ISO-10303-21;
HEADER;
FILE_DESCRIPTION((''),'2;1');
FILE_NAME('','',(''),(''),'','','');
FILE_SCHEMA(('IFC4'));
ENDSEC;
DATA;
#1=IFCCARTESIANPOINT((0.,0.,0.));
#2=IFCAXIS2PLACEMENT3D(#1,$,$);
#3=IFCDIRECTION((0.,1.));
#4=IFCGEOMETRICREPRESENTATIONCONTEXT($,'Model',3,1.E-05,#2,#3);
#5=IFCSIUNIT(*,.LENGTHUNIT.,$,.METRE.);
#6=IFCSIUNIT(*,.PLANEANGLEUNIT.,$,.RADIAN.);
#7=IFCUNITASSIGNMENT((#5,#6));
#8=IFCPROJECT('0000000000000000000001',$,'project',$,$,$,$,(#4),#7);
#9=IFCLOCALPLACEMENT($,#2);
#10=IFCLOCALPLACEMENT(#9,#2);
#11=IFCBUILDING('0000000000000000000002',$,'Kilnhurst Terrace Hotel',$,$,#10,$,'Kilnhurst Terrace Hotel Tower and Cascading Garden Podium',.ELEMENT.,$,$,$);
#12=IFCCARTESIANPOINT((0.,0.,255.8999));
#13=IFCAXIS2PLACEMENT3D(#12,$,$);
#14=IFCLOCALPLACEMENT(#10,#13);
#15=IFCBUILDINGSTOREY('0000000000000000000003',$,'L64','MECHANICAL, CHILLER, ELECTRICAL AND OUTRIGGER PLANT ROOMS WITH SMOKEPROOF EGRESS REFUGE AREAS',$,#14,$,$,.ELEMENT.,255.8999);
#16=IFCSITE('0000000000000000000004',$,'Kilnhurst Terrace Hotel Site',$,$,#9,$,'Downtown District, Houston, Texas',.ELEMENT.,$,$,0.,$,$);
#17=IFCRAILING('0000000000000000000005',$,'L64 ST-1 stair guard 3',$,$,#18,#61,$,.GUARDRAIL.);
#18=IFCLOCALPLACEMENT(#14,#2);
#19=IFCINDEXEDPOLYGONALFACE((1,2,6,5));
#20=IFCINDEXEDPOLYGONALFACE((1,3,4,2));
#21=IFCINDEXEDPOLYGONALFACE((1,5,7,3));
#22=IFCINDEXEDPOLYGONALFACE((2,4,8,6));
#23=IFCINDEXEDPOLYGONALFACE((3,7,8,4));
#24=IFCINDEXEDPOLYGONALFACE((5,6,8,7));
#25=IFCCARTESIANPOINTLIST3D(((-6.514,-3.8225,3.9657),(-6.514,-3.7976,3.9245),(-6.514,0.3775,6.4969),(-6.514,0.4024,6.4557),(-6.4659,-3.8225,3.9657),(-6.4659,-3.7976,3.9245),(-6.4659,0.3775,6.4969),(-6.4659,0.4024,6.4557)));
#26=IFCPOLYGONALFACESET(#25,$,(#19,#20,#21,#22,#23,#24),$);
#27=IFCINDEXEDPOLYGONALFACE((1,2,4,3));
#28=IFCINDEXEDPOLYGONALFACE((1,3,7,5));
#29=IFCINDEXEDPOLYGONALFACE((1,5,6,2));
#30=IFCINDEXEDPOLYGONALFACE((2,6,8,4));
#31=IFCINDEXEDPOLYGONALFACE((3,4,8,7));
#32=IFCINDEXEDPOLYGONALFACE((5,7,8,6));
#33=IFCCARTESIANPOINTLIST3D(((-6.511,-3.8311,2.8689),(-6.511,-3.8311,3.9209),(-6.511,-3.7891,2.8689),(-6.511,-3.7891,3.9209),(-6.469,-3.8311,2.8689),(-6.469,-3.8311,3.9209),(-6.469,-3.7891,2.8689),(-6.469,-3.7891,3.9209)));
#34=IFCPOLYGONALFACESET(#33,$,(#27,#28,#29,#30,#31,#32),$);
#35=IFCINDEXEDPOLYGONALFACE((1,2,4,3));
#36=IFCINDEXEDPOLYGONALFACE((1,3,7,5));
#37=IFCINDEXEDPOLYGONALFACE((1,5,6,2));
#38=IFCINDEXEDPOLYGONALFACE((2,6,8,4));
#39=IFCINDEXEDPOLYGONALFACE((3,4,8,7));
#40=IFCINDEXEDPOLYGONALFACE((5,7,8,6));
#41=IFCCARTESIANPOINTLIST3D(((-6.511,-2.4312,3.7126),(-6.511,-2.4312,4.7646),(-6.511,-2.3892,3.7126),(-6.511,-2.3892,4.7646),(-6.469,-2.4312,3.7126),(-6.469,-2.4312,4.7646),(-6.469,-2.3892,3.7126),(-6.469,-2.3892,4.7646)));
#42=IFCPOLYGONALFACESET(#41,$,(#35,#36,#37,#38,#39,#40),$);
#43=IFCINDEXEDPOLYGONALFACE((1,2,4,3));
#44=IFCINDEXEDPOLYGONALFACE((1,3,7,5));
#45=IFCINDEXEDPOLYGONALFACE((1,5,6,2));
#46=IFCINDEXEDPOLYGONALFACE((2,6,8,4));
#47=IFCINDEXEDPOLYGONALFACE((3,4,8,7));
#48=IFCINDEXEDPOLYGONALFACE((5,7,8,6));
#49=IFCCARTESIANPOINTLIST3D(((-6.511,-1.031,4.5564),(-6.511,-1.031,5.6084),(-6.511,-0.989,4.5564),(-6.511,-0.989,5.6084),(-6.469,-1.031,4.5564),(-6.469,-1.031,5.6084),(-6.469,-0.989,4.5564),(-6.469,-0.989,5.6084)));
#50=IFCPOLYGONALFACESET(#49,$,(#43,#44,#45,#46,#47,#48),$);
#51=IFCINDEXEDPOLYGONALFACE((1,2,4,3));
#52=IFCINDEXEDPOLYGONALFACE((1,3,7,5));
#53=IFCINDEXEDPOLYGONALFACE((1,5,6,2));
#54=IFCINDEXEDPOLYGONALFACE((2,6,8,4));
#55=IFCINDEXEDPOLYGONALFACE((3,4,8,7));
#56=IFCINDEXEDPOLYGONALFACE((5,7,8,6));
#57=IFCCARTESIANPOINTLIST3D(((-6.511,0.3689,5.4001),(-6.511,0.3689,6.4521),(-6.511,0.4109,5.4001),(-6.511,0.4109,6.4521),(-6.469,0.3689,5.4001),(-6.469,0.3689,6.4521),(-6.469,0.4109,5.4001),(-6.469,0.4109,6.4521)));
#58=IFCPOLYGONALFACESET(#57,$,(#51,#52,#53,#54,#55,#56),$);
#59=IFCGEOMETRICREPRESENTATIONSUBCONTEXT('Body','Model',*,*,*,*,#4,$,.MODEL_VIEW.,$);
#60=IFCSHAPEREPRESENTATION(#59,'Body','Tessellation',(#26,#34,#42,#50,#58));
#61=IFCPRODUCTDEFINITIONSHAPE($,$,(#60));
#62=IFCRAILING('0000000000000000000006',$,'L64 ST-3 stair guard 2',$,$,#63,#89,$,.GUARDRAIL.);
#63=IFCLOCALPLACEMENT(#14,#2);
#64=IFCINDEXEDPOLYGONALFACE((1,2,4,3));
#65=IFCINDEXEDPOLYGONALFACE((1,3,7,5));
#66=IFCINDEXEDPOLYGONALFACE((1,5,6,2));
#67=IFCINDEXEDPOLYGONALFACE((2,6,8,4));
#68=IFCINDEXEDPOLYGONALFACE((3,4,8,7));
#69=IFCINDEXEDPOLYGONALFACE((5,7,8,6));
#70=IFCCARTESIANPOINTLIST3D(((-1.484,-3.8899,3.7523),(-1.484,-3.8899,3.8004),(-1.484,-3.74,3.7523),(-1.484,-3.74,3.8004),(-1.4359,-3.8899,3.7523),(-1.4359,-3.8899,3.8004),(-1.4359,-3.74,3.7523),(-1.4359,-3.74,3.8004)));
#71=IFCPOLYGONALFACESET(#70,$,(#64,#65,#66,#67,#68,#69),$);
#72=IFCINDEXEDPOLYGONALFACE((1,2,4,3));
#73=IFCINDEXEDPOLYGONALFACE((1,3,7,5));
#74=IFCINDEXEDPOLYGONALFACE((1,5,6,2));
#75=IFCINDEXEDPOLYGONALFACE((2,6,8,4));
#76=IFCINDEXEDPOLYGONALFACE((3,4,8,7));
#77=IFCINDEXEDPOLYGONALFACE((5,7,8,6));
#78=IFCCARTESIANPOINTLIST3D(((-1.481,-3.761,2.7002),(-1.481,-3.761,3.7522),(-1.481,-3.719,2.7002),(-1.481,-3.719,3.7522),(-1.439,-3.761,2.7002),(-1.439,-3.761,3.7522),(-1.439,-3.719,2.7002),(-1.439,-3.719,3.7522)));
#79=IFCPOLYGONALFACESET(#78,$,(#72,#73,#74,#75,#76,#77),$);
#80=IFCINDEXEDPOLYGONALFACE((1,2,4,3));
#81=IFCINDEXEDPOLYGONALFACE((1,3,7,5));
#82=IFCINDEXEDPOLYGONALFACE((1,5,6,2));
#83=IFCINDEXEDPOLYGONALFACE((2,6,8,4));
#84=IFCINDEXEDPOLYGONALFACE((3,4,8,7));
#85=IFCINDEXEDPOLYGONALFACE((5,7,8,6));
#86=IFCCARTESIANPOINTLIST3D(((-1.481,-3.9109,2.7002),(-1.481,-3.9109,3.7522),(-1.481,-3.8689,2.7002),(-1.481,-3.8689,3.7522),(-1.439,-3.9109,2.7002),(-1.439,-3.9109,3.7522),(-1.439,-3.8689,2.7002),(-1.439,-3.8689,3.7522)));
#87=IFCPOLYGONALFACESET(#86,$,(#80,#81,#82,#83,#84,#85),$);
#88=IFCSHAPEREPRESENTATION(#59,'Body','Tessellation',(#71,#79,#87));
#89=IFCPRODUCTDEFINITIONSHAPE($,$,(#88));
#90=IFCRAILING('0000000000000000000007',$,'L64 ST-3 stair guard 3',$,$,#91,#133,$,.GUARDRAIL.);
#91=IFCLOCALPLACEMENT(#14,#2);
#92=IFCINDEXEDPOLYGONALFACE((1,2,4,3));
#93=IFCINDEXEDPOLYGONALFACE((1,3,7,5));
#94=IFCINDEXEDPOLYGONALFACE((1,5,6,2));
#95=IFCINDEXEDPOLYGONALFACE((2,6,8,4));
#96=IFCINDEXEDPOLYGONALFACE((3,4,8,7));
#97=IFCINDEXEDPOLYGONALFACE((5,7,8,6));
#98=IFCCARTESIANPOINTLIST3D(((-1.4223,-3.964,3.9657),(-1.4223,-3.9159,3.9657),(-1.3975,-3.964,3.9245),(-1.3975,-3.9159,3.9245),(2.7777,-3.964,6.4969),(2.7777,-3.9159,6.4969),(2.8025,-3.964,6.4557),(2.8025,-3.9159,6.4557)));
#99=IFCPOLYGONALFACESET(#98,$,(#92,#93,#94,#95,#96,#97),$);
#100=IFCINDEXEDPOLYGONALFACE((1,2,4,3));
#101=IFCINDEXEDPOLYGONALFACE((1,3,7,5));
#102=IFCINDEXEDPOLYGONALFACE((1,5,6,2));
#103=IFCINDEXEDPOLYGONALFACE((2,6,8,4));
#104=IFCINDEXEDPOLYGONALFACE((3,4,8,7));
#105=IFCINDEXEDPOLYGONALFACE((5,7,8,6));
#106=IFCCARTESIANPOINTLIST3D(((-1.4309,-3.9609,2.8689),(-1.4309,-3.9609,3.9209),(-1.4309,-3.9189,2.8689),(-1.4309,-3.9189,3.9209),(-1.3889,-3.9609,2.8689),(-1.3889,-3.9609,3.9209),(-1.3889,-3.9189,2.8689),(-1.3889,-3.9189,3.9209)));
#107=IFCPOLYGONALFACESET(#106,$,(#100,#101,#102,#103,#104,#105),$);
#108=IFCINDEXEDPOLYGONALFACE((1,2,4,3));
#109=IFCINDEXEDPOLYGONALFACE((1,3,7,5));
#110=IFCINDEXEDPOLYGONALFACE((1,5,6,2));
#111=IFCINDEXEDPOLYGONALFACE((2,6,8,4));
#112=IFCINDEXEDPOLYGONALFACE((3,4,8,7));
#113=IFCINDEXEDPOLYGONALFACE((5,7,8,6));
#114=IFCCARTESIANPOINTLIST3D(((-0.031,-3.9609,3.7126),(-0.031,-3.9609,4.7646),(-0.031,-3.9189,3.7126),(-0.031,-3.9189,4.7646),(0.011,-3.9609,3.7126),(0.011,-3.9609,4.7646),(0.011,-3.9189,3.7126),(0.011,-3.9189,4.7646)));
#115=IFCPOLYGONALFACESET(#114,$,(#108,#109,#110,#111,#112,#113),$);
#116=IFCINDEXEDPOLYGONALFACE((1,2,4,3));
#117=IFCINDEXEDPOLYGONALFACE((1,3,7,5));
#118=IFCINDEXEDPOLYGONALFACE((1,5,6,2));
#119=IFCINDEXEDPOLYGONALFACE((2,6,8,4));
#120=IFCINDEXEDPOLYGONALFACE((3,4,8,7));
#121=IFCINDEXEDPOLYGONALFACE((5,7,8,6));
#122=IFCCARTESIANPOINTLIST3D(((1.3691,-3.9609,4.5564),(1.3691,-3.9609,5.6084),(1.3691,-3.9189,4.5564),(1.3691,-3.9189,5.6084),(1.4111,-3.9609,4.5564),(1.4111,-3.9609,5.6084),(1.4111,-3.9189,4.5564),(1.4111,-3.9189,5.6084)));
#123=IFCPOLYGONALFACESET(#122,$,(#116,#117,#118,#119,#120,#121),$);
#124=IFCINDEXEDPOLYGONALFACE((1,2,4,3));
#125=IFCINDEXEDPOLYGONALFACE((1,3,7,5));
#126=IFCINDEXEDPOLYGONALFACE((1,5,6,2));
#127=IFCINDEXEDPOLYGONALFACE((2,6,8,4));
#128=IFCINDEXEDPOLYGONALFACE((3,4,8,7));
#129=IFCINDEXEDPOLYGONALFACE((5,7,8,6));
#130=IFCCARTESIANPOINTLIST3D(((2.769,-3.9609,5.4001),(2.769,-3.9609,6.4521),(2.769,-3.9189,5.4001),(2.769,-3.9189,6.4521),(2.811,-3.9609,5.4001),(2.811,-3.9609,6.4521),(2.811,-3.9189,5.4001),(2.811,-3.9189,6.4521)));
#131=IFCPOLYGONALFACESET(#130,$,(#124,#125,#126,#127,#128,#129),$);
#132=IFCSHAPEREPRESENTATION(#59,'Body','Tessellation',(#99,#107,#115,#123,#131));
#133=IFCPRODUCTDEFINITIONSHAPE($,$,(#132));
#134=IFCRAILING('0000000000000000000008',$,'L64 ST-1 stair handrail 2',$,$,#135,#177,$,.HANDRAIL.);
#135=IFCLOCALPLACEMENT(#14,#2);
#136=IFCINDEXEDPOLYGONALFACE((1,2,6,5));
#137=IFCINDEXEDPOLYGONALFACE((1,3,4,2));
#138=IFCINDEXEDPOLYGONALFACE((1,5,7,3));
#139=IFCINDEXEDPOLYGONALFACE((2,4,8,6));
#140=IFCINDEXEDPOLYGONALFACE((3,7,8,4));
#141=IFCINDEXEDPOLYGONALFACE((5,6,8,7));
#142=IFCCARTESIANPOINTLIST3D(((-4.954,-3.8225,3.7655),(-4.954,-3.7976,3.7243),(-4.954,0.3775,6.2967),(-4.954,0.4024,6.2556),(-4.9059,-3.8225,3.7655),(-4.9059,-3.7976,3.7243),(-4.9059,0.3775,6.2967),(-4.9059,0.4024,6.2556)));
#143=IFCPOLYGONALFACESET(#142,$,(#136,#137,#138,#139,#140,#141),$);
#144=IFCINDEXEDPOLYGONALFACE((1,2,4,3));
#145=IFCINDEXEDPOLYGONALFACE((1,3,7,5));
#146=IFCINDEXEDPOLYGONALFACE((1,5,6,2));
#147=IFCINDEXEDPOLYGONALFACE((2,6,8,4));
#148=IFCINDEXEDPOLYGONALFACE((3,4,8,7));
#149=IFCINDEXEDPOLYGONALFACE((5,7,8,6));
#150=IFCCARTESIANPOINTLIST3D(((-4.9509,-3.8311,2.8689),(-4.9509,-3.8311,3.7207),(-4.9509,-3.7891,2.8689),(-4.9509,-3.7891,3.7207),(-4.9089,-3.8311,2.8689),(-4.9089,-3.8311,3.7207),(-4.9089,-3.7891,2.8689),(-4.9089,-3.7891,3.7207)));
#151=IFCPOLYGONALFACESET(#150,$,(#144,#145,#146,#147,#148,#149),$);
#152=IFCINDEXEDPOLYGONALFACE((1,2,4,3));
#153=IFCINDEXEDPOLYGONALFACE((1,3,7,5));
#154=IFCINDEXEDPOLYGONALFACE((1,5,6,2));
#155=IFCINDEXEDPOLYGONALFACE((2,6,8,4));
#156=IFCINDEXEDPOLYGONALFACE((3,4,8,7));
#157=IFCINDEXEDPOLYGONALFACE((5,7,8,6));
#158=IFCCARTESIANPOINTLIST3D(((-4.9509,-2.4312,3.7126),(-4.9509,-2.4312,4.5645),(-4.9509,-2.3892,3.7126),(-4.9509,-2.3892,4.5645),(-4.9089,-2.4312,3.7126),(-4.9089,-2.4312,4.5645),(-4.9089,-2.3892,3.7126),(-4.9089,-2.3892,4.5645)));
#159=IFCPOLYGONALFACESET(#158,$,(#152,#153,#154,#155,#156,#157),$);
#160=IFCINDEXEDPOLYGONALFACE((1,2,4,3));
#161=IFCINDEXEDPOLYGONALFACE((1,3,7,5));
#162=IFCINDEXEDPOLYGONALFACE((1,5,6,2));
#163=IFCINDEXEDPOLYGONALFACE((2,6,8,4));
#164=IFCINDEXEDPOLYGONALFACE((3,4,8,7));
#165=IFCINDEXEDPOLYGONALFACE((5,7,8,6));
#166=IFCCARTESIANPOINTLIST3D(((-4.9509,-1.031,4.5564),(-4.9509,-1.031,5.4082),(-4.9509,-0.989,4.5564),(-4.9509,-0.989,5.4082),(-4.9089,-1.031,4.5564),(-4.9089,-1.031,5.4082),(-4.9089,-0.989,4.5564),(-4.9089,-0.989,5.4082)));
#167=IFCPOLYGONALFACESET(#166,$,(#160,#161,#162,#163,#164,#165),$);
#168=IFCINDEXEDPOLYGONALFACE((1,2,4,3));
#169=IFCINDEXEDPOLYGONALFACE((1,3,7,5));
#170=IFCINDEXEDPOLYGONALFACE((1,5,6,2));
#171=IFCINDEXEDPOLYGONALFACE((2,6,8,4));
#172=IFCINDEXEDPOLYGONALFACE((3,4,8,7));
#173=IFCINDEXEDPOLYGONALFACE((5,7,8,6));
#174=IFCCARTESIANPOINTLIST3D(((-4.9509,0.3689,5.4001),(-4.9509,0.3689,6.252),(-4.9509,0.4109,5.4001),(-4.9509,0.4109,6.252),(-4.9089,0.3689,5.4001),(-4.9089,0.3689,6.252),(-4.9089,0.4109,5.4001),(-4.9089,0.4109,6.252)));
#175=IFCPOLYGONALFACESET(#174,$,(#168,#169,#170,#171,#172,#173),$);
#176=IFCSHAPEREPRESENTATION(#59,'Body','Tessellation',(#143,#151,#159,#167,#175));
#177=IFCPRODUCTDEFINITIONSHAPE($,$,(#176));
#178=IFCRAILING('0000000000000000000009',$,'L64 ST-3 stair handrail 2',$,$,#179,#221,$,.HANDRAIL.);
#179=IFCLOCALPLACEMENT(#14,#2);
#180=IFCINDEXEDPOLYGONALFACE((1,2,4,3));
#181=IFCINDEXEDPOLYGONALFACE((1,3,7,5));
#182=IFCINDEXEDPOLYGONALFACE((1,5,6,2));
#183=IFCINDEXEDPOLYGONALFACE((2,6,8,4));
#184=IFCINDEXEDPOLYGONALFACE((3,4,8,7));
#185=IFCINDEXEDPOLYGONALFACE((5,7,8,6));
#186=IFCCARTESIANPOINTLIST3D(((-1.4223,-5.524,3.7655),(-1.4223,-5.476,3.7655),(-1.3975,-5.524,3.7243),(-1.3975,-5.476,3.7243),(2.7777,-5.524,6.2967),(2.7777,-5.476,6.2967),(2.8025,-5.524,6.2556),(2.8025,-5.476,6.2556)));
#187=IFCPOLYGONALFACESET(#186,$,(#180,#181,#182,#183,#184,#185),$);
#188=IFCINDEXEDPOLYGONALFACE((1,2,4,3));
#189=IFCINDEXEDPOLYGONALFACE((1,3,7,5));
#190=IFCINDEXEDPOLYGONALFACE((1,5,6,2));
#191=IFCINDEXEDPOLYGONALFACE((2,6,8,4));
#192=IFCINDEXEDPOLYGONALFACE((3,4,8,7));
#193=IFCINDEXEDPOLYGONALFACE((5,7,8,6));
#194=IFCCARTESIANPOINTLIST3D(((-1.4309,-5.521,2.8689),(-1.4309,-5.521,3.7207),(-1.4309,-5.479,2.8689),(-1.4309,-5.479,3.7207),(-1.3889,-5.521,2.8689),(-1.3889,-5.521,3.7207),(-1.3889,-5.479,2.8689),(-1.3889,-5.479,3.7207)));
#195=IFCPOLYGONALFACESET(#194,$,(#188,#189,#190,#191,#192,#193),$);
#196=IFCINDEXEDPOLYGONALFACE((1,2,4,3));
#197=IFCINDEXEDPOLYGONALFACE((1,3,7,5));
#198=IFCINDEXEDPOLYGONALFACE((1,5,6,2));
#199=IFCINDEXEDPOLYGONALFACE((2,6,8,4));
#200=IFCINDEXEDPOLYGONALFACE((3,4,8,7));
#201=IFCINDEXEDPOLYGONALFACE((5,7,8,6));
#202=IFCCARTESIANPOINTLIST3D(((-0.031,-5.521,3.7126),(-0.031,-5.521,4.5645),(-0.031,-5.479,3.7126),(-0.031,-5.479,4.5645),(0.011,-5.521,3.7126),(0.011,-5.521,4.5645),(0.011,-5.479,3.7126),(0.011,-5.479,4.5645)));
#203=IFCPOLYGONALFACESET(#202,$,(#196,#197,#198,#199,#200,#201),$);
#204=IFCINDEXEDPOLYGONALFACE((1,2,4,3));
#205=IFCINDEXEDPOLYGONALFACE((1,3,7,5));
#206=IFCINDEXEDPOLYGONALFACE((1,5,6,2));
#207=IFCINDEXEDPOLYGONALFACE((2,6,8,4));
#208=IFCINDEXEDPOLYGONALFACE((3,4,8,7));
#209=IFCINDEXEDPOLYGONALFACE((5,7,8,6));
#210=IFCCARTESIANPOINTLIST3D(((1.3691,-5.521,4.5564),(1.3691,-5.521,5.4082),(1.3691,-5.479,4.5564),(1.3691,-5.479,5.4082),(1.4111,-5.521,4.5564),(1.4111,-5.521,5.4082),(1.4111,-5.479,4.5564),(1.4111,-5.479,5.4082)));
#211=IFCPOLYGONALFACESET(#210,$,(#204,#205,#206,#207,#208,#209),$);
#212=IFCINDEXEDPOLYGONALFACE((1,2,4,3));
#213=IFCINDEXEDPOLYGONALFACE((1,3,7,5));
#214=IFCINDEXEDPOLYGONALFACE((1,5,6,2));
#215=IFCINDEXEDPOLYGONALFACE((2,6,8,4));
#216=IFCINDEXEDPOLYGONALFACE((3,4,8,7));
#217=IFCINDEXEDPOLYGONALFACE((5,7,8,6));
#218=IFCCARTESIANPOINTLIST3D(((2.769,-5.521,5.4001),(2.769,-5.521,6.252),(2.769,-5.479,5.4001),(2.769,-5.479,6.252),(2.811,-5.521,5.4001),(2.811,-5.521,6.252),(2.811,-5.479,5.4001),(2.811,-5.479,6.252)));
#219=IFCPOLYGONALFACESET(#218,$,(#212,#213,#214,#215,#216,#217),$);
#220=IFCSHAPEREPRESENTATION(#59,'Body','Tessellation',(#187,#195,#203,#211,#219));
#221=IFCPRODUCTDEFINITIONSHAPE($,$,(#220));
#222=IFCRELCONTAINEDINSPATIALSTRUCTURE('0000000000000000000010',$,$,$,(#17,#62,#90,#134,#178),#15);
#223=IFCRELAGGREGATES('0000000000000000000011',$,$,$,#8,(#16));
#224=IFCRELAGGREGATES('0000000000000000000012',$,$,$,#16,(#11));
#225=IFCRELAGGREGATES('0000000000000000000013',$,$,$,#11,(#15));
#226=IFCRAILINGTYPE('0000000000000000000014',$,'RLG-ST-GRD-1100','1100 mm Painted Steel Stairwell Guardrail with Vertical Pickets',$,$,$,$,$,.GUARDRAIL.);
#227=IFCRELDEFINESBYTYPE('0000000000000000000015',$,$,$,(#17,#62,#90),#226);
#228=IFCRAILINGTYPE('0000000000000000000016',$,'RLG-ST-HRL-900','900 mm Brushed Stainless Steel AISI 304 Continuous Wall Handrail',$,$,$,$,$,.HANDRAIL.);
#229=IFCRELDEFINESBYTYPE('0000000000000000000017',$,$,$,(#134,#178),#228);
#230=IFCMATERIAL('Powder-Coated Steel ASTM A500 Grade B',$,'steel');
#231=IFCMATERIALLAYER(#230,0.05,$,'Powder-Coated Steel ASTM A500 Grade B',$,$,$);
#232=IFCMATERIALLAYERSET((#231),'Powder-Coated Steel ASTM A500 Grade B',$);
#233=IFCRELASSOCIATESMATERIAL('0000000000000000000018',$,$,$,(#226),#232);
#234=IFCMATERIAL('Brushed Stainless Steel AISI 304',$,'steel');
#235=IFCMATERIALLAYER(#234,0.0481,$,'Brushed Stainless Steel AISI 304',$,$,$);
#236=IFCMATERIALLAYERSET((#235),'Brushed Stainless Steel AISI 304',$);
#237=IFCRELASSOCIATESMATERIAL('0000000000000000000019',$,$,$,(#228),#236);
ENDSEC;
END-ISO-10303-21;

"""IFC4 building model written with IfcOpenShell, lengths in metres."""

from ifc_helpers import new_model, si_unit, direction, frame, origin, origin_2d, place, context, subcontext, project, spatial, rectangle, extrude, material, layer, layer_set, type_object, element, save


model = new_model("IFC4")

# Units and contexts
model_context = context("Model", 3, precision=1e-05, world=origin(), true_north=direction((0.0, 1.0)))
body_context = subcontext(model_context, "Body", "Model", "MODEL_VIEW")
ifc_project = project(units=[si_unit("LENGTHUNIT", "METRE"), si_unit("PLANEANGLEUNIT", "RADIAN")], contexts=[model_context])

# Site, building, storey
site_placement = place(None, origin())
site = spatial("IfcSite", under=ifc_project, at=site_placement, Name="Kilnhurst Terrace Hotel Site", LongName="Downtown District, Houston, Texas", CompositionType="ELEMENT", RefElevation=0.0)
building_placement = place(site_placement, origin())
building = spatial("IfcBuilding", under=site, at=building_placement, Name="Kilnhurst Terrace Hotel", LongName="Kilnhurst Terrace Hotel Tower and Cascading Garden Podium", CompositionType="ELEMENT")
storey_placement = place(building_placement, frame((0.0, 0.0, 255.8999)))
storey = spatial("IfcBuildingStorey", under=building, at=storey_placement, Name="L64", Description="MECHANICAL, CHILLER, ELECTRICAL AND OUTRIGGER PLANT ROOMS WITH SMOKEPROOF EGRESS REFUGE AREAS", CompositionType="ELEMENT", Elevation=255.8999)

# Railings
ifc_material_1 = material(Name="Powder-Coated Steel ASTM A500 Grade B", Category="steel")
ifc_layer_1 = layer(ifc_material_1, 0.05, Name="Powder-Coated Steel ASTM A500 Grade B")
ifc_layer_set_1 = layer_set([ifc_layer_1], Name="Powder-Coated Steel ASTM A500 Grade B")
railing_type_1 = type_object("IfcRailingType", Name="RLG-ST-GRD-1100", Description="1100 mm Painted Steel Stairwell Guardrail with Vertical Pickets", PredefinedType="GUARDRAIL", material=ifc_layer_set_1)
railing_1_placement = place(storey_placement, frame((-6.49, -3.8101, 2.8689)))
element("IfcRailing", 1, at=railing_1_placement, inside=storey, type_object=railing_type_1, Name="L64 ST-1 stair guard 3", PredefinedType="GUARDRAIL", context=body_context, shape_type="SweptSolid", body=[
    extrude(rectangle(XDim=0.0481, YDim=0.0481, at=origin_2d()), frame((0.0, 0.0, 1.0762), z_axis=(0.0, 0.856476, 0.516186), x_axis=(-1.0, 0.0, 0.0)), (0.0, 0.0, 1.0), 4.9038),
    extrude(rectangle(XDim=0.042, YDim=0.042, at=origin_2d()), origin(), (0.0, 0.0, 1.0), 1.052),
    extrude(rectangle(XDim=0.042, YDim=0.042, at=origin_2d()), frame((0.0, 1.3999, 0.8438)), (0.0, 0.0, 1.0), 1.052),
    extrude(rectangle(XDim=0.042, YDim=0.042, at=origin_2d()), frame((0.0, 2.8, 1.6875)), (0.0, 0.0, 1.0), 1.052),
    extrude(rectangle(XDim=0.042, YDim=0.042, at=origin_2d()), frame((0.0, 4.2, 2.5312)), (0.0, 0.0, 1.0), 1.052),
])
railing_2_placement = place(storey_placement, frame((-1.46, -3.74, 2.7002)))
element("IfcRailing", 2, at=railing_2_placement, inside=storey, type_object=railing_type_1, Name="L64 ST-3 stair guard 2", PredefinedType="GUARDRAIL", context=body_context, shape_type="SweptSolid", body=[
    extrude(rectangle(XDim=0.0481, YDim=0.0481, at=origin_2d()), frame((0.0, 0.0, 1.0762), z_axis=(0.0, -1.0, 0.0), x_axis=(1.0, 0.0, 0.0)), (0.0, 0.0, 1.0), 0.1499),
    extrude(rectangle(XDim=0.042, YDim=0.042, at=origin_2d()), origin(), (0.0, 0.0, 1.0), 1.052),
    extrude(rectangle(XDim=0.042, YDim=0.042, at=origin_2d()), frame((0.0, -0.1499, 0.0)), (0.0, 0.0, 1.0), 1.052),
])
railing_3_placement = place(storey_placement, frame((-1.4099, -3.9399, 2.8689)))
element("IfcRailing", 3, at=railing_3_placement, inside=storey, type_object=railing_type_1, Name="L64 ST-3 stair guard 3", PredefinedType="GUARDRAIL", context=body_context, shape_type="SweptSolid", body=[
    extrude(rectangle(XDim=0.0481, YDim=0.0481, at=origin_2d()), frame((0.0, 0.0, 1.0762), z_axis=(0.856476, 0.0, 0.516186), x_axis=(0.0, 1.0, 0.0)), (0.0, 0.0, 1.0), 4.9038),
    extrude(rectangle(XDim=0.042, YDim=0.042, at=origin_2d()), origin(), (0.0, 0.0, 1.0), 1.052),
    extrude(rectangle(XDim=0.042, YDim=0.042, at=origin_2d()), frame((1.3999, 0.0, 0.8438)), (0.0, 0.0, 1.0), 1.052),
    extrude(rectangle(XDim=0.042, YDim=0.042, at=origin_2d()), frame((2.8, 0.0, 1.6875)), (0.0, 0.0, 1.0), 1.052),
    extrude(rectangle(XDim=0.042, YDim=0.042, at=origin_2d()), frame((4.2, 0.0, 2.5312)), (0.0, 0.0, 1.0), 1.052),
])
ifc_material_2 = material(Name="Brushed Stainless Steel AISI 304", Category="steel")
ifc_layer_2 = layer(ifc_material_2, 0.0481, Name="Brushed Stainless Steel AISI 304")
ifc_layer_set_2 = layer_set([ifc_layer_2], Name="Brushed Stainless Steel AISI 304")
railing_type_2 = type_object("IfcRailingType", Name="RLG-ST-HRL-900", Description="900 mm Brushed Stainless Steel AISI 304 Continuous Wall Handrail", PredefinedType="HANDRAIL", material=ifc_layer_set_2)
railing_4_placement = place(storey_placement, frame((-4.9299, -3.8101, 2.8689)))
element("IfcRailing", 4, at=railing_4_placement, inside=storey, type_object=railing_type_2, Name="L64 ST-1 stair handrail 2", PredefinedType="HANDRAIL", context=body_context, shape_type="SweptSolid", body=[
    extrude(rectangle(XDim=0.0481, YDim=0.0481, at=origin_2d()), frame((0.0, 0.0, 0.876), z_axis=(0.0, 0.856476, 0.516186), x_axis=(-1.0, 0.0, 0.0)), (0.0, 0.0, 1.0), 4.9038),
    extrude(rectangle(XDim=0.042, YDim=0.042, at=origin_2d()), origin(), (0.0, 0.0, 1.0), 0.8518),
    extrude(rectangle(XDim=0.042, YDim=0.042, at=origin_2d()), frame((0.0, 1.3999, 0.8438)), (0.0, 0.0, 1.0), 0.8518),
    extrude(rectangle(XDim=0.042, YDim=0.042, at=origin_2d()), frame((0.0, 2.8, 1.6875)), (0.0, 0.0, 1.0), 0.8518),
    extrude(rectangle(XDim=0.042, YDim=0.042, at=origin_2d()), frame((0.0, 4.2, 2.5312)), (0.0, 0.0, 1.0), 0.8518),
])
railing_5_placement = place(storey_placement, frame((-1.4099, -5.5, 2.8689)))
element("IfcRailing", 5, at=railing_5_placement, inside=storey, type_object=railing_type_2, Name="L64 ST-3 stair handrail 2", PredefinedType="HANDRAIL", context=body_context, shape_type="SweptSolid", body=[
    extrude(rectangle(XDim=0.0481, YDim=0.0481, at=origin_2d()), frame((0.0, 0.0, 0.876), z_axis=(0.856476, 0.0, 0.516186), x_axis=(0.0, 1.0, 0.0)), (0.0, 0.0, 1.0), 4.9038),
    extrude(rectangle(XDim=0.042, YDim=0.042, at=origin_2d()), origin(), (0.0, 0.0, 1.0), 0.8518),
    extrude(rectangle(XDim=0.042, YDim=0.042, at=origin_2d()), frame((1.3999, 0.0, 0.8438)), (0.0, 0.0, 1.0), 0.8518),
    extrude(rectangle(XDim=0.042, YDim=0.042, at=origin_2d()), frame((2.8, 0.0, 1.6875)), (0.0, 0.0, 1.0), 0.8518),
    extrude(rectangle(XDim=0.042, YDim=0.042, at=origin_2d()), frame((4.2, 0.0, 2.5312)), (0.0, 0.0, 1.0), 0.8518),
])

save(model, "model.ifc")
